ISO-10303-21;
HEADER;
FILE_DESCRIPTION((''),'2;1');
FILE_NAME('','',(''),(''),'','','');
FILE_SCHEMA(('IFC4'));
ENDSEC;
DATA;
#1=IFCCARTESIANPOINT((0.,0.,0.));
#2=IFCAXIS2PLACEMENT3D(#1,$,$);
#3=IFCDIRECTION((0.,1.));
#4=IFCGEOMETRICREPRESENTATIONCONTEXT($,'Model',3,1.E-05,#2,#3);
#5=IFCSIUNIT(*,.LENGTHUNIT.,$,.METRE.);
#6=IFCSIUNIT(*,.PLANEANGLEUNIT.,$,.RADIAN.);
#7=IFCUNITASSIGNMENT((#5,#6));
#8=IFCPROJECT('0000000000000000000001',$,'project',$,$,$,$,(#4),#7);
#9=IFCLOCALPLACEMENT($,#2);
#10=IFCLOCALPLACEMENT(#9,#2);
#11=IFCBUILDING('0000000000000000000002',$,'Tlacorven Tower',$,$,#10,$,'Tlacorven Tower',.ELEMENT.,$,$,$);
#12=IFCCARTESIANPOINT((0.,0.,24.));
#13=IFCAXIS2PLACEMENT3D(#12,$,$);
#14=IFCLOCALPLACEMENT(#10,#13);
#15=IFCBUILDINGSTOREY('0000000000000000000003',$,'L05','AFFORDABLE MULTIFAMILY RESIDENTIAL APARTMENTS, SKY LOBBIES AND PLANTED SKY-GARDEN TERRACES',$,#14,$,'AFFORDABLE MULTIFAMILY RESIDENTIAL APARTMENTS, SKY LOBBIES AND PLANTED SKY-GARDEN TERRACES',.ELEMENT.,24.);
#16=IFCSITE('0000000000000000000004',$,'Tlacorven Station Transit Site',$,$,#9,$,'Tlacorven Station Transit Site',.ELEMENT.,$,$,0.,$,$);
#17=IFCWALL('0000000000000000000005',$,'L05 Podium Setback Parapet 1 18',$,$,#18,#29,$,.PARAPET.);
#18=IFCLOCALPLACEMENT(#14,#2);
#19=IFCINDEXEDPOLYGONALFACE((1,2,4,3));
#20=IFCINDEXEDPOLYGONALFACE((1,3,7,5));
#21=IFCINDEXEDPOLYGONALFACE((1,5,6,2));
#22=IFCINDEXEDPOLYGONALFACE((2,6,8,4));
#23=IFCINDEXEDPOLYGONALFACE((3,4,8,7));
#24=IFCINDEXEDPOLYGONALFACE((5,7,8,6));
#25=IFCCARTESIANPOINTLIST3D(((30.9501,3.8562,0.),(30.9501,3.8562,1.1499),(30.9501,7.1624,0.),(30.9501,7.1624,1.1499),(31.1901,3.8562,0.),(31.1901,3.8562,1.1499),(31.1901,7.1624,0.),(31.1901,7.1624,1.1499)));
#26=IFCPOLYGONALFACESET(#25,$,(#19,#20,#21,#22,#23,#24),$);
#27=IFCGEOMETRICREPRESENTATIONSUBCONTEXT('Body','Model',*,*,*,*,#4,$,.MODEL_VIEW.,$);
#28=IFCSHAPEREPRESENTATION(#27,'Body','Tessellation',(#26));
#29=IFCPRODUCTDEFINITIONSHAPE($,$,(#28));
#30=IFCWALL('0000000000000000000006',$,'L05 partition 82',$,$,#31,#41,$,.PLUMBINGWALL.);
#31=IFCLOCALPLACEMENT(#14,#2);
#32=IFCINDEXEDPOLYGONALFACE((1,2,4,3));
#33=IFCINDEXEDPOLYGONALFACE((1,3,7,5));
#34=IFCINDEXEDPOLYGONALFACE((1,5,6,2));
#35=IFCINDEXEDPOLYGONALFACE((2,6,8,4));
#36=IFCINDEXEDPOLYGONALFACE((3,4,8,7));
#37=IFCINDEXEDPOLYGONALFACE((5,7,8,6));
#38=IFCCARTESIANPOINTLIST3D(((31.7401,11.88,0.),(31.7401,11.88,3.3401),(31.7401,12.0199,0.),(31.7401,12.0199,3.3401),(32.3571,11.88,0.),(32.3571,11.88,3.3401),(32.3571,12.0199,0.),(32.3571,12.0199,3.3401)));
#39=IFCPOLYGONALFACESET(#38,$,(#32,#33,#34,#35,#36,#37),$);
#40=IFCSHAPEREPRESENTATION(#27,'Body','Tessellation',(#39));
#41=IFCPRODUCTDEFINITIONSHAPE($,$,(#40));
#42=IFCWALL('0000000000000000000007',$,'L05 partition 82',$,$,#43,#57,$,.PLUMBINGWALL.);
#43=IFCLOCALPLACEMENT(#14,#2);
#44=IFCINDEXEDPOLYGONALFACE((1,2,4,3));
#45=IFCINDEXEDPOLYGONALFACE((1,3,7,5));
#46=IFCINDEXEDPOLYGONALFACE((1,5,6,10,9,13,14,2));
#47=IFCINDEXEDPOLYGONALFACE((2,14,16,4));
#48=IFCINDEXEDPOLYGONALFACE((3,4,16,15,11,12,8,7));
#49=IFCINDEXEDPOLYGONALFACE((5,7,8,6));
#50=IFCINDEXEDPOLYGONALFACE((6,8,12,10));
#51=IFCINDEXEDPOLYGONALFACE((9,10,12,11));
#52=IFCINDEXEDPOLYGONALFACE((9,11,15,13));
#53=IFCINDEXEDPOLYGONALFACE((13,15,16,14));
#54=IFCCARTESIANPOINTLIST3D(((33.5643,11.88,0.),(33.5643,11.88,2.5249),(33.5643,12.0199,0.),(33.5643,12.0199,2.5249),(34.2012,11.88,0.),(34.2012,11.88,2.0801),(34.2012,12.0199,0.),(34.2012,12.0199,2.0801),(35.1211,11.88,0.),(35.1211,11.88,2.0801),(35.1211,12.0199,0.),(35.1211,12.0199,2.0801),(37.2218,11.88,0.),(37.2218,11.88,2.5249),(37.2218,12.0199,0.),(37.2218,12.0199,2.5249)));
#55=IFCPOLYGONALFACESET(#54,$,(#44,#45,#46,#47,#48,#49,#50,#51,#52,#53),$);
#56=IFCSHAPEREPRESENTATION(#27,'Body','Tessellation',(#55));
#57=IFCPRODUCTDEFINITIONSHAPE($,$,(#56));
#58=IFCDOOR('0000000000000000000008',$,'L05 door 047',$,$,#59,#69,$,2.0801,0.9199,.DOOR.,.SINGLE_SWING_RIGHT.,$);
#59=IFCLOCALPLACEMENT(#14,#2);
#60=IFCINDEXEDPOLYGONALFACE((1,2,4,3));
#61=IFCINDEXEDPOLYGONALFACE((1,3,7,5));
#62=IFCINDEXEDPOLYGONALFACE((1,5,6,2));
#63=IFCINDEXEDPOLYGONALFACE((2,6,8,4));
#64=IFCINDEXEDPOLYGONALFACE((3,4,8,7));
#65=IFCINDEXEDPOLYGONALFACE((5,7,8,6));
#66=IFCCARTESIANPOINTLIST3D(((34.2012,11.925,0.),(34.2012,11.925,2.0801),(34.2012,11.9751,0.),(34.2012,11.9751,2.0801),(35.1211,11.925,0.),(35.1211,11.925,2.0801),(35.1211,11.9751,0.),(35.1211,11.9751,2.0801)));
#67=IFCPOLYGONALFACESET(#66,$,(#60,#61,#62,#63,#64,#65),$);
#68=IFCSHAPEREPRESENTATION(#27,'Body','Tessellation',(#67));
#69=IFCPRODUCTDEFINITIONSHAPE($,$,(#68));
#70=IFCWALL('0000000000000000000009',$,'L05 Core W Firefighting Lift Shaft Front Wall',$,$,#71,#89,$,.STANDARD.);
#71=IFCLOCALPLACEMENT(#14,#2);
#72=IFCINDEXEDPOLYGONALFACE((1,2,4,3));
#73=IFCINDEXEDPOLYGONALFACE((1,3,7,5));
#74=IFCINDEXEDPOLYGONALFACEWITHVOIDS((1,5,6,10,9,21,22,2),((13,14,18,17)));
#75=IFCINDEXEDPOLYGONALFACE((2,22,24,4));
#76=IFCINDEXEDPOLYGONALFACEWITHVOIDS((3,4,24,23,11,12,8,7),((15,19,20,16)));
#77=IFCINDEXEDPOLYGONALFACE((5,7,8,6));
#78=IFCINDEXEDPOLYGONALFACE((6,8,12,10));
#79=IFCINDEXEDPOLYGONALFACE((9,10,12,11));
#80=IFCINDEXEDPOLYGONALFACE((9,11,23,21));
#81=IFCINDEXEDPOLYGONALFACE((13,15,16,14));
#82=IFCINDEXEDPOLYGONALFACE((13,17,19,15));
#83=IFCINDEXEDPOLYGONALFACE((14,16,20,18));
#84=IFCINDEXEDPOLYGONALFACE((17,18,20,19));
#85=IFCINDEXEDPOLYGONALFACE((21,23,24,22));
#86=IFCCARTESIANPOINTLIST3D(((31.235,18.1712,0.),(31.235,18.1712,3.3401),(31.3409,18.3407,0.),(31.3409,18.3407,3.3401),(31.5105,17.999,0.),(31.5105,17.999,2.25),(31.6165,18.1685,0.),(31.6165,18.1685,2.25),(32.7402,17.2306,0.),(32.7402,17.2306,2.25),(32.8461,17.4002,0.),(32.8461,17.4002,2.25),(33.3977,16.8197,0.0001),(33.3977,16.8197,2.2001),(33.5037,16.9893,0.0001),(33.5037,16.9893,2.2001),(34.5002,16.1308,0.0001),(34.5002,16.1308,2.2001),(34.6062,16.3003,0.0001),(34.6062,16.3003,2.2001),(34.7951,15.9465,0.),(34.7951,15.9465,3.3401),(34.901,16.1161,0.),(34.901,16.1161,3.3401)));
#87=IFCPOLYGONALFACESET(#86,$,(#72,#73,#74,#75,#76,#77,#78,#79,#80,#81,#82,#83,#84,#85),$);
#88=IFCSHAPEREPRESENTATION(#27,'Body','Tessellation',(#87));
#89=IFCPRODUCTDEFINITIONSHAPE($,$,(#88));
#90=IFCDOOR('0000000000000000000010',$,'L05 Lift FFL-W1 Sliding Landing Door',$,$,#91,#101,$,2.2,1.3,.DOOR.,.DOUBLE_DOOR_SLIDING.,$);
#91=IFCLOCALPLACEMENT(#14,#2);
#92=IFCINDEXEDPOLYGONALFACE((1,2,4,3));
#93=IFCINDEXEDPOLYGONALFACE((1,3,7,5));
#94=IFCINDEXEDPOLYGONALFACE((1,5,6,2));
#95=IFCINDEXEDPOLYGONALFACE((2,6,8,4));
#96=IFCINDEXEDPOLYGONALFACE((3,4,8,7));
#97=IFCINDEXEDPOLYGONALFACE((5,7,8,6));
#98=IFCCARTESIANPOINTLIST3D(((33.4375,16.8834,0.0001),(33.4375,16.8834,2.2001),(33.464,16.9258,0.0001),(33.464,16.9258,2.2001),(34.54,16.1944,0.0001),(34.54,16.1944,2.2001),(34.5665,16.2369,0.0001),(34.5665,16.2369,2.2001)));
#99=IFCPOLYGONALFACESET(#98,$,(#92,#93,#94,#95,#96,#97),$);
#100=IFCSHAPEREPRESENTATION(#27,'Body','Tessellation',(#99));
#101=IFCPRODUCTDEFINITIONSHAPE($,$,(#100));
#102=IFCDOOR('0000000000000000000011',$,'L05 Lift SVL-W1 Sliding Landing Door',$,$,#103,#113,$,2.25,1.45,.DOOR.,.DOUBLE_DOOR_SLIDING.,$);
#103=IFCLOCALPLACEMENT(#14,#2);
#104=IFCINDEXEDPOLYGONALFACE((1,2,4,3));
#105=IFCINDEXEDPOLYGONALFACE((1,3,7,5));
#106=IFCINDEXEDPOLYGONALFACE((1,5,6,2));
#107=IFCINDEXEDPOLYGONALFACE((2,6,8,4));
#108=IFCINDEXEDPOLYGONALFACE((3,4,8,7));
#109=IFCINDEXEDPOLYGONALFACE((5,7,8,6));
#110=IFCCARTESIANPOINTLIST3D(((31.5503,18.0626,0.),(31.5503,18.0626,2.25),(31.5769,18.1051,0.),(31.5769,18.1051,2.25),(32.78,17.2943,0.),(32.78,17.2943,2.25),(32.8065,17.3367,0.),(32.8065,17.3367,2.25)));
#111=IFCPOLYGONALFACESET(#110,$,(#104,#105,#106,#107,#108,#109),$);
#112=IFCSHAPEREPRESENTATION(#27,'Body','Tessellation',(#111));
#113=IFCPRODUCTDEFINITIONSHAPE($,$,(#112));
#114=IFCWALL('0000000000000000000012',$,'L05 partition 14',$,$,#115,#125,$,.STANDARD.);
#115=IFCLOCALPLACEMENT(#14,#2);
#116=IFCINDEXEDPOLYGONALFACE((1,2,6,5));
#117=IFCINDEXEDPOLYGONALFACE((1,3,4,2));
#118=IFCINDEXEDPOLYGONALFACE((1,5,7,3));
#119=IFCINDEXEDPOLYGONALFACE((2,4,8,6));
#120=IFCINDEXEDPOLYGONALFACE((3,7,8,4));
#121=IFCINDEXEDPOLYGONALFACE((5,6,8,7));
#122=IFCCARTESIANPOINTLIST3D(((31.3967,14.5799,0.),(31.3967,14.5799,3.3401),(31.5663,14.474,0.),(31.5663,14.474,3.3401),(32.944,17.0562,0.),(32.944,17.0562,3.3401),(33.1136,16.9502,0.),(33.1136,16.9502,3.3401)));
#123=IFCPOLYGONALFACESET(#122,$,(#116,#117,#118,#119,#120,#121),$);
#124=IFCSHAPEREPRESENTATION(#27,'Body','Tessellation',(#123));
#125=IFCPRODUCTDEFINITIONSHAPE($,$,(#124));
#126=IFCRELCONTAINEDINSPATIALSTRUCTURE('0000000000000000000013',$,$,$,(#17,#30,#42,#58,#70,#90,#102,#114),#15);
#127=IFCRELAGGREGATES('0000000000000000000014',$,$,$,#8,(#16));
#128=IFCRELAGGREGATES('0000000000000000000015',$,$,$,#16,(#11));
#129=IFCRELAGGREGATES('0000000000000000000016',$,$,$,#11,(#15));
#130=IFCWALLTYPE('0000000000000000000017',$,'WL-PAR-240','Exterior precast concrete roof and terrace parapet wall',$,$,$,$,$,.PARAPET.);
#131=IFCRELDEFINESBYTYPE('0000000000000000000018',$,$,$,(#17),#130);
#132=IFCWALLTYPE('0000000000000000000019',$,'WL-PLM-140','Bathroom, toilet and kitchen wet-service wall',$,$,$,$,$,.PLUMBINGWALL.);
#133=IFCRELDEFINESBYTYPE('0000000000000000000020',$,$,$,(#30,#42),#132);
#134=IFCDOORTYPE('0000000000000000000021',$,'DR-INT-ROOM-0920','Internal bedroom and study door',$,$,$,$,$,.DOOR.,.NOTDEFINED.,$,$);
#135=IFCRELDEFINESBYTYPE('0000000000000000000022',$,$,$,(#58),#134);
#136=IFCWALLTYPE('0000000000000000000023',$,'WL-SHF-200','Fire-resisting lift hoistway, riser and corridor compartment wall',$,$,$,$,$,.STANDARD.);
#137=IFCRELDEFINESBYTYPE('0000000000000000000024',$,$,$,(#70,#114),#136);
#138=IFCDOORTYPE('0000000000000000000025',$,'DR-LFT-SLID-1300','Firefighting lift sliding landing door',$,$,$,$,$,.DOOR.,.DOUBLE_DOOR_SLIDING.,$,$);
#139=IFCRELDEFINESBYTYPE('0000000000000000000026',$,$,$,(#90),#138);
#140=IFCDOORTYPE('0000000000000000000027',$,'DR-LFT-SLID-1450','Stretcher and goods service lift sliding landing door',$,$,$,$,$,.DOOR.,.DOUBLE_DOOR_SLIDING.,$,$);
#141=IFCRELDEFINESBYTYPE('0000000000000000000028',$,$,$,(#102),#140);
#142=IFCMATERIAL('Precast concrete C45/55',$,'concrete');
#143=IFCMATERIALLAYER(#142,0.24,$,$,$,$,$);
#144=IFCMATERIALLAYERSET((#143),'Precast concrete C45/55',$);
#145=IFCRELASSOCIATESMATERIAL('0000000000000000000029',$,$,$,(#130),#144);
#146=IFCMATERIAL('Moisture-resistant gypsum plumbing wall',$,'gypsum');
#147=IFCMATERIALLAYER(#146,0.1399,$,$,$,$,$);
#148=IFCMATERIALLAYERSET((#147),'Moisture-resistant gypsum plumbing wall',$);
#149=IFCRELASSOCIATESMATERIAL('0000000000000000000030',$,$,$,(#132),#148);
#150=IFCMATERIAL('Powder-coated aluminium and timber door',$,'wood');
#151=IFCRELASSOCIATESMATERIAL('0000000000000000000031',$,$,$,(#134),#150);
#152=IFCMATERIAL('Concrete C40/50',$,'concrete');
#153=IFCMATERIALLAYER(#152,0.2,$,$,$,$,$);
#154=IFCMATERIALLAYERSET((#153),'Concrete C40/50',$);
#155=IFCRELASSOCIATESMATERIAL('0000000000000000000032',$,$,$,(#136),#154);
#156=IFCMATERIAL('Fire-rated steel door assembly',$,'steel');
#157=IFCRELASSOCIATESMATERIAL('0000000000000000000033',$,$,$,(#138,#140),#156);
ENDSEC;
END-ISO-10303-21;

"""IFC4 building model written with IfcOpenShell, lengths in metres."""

from ifc_helpers import new_model, si_unit, direction, frame, frame_2d, origin, place, context, subcontext, project, spatial, rectangle, extrude, source, transform, mapped, material, layer, layer_set, type_object, element, fill, save


model = new_model("IFC4")

# Units and contexts
model_context = context("Model", 3, precision=1e-05, world=origin(), true_north=direction((0.0, 1.0)))
body_context = subcontext(model_context, "Body", "Model", "MODEL_VIEW")
ifc_project = project(units=[si_unit("LENGTHUNIT", "METRE"), si_unit("PLANEANGLEUNIT", "RADIAN")], contexts=[model_context])

# Site, building, storey
site_placement = place(None, origin())
site = spatial("IfcSite", under=ifc_project, at=site_placement, Name="Tlacorven Station Transit Site", LongName="Tlacorven Station Transit Site", CompositionType="ELEMENT", RefElevation=0.0)
building_placement = place(site_placement, origin())
building = spatial("IfcBuilding", under=site, at=building_placement, Name="Tlacorven Tower", LongName="Tlacorven Tower", CompositionType="ELEMENT")
storey_placement = place(building_placement, frame((0.0, 0.0, 24.0)))
storey = spatial("IfcBuildingStorey", under=building, at=storey_placement, Name="L05", Description="AFFORDABLE MULTIFAMILY RESIDENTIAL APARTMENTS, SKY LOBBIES AND PLANTED SKY-GARDEN TERRACES", LongName="AFFORDABLE MULTIFAMILY RESIDENTIAL APARTMENTS, SKY LOBBIES AND PLANTED SKY-GARDEN TERRACES", CompositionType="ELEMENT", Elevation=24.0)

# Shared definitions
ifc_material_1 = material(Name="Fire-rated steel door assembly", Category="steel")

# Walls
ifc_material_2 = material(Name="Precast concrete C45/55", Category="concrete")
ifc_layer_1 = layer(ifc_material_2, 0.24)
ifc_layer_set_1 = layer_set([ifc_layer_1], Name="Precast concrete C45/55")
wall_type_1 = type_object("IfcWallType", Name="WL-PAR-240", Description="Exterior precast concrete roof and terrace parapet wall", PredefinedType="PARAPET", material=ifc_layer_set_1)
wall_1_placement = place(storey_placement, frame((31.0701, 7.1624, 0.0), z_axis=(0.0, 0.0, 1.0), x_axis=(0.0, -1.0, 0.0)))
element("IfcWall", 1, at=wall_1_placement, inside=storey, type_object=wall_type_1, Name="L05 Podium Setback Parapet 1 18", PredefinedType="PARAPET", context=body_context, shape_type="SweptSolid", body=[
    extrude(rectangle(XDim=3.3062, YDim=0.24, at=frame_2d((1.6531, 0.0))), origin(), (0.0, 0.0, 1.0), 1.1499),
])
ifc_material_3 = material(Name="Moisture-resistant gypsum plumbing wall", Category="gypsum")
ifc_layer_2 = layer(ifc_material_3, 0.1399)
ifc_layer_set_2 = layer_set([ifc_layer_2], Name="Moisture-resistant gypsum plumbing wall")
wall_type_2 = type_object("IfcWallType", Name="WL-PLM-140", Description="Bathroom, toilet and kitchen wet-service wall", PredefinedType="PLUMBINGWALL", material=ifc_layer_set_2)
wall_2_placement = place(storey_placement, frame((31.74, 11.95, 0.0), z_axis=(0.0, 0.0, 1.0), x_axis=(1.0, 0.0, 0.0)))
element("IfcWall", 2, at=wall_2_placement, inside=storey, type_object=wall_type_2, Name="L05 partition 82", PredefinedType="PLUMBINGWALL", context=body_context, shape_type="SweptSolid", body=[
    extrude(rectangle(XDim=0.6169, YDim=0.1399, at=frame_2d((0.3086, 0.0))), origin(), (0.0, 0.0, 1.0), 3.3401),
])

# Wall, opening, door
wall_3_placement = place(storey_placement, frame((33.5645, 11.95, 0.0), z_axis=(0.0, 0.0, 1.0), x_axis=(1.0, 0.0, 0.0)))
wall_3 = element("IfcWall", 3, at=wall_3_placement, inside=storey, type_object=wall_type_2, Name="L05 partition 82", PredefinedType="PLUMBINGWALL", context=body_context, shape_type="SweptSolid", body=[
    extrude(rectangle(XDim=3.6575, YDim=0.1399, at=frame_2d((1.8286, 0.0))), origin(), (0.0, 0.0, 1.0), 2.5249),
])
opening_1_placement = place(wall_3_placement, frame((0.6367, 0.0, 0.0)))
opening_1 = element("IfcOpeningElement", 4, at=opening_1_placement, cuts=wall_3, PredefinedType="OPENING", context=body_context, shape_type="SweptSolid", body=[
    extrude(rectangle(XDim=0.9199, YDim=2.0801, at=frame_2d((0.46, 1.04))), frame((0.0, 0.0801, 0.0), z_axis=(0.0, -1.0, 0.0), x_axis=(1.0, 0.0, 0.0)), (0.0, 0.0, 1.0), 0.1599),
])
ifc_material_4 = material(Name="Powder-coated aluminium and timber door", Category="wood")
door_type_1 = type_object("IfcDoorType", Name="DR-INT-ROOM-0920", Description="Internal bedroom and study door", OperationType="NOTDEFINED", PredefinedType="DOOR", material=ifc_material_4)
shared_shape_1 = source(origin(), body_context, "Body", "SweptSolid", [
    extrude(rectangle(XDim=0.9199, YDim=2.0801, at=frame_2d((0.46, 1.04))), frame((0.0, 0.0249, 0.0), z_axis=(0.0, -1.0, 0.0), x_axis=(1.0, 0.0, 0.0)), (0.0, 0.0, 1.0), 0.05),
])
door_1_placement = place(opening_1_placement, frame((0.9199, 0.0, 0.0), z_axis=(0.0, 0.0, 1.0), x_axis=(-1.0, 0.0, 0.0)))
door_1 = element("IfcDoor", 5, at=door_1_placement, inside=storey, type_object=door_type_1, Name="L05 door 047", OperationType="SINGLE_SWING_RIGHT", OverallHeight=2.0801, OverallWidth=0.9199, PredefinedType="DOOR", context=body_context, shape_type="MappedRepresentation", body=[
    mapped(shared_shape_1, transform((0.0, 0.0, 0.0), scale=1.0)),
])
fill(opening_1, door_1)

# Wall, openings, doors
ifc_material_5 = material(Name="Concrete C40/50", Category="concrete")
ifc_layer_3 = layer(ifc_material_5, 0.2)
ifc_layer_set_3 = layer_set([ifc_layer_3], Name="Concrete C40/50")
wall_type_3 = type_object("IfcWallType", Name="WL-SHF-200", Description="Fire-resisting lift hoistway, riser and corridor compartment wall", PredefinedType="STANDARD", material=ifc_layer_set_3)
wall_4_placement = place(storey_placement, frame((34.8481, 16.0312, 0.0), z_axis=(0.0, 0.0, 1.0), x_axis=(-0.848044, 0.529926, 0.0)))
wall_4 = element("IfcWall", 6, at=wall_4_placement, inside=storey, type_object=wall_type_3, Name="L05 Core W Firefighting Lift Shaft Front Wall", PredefinedType="STANDARD", context=body_context, shape_type="SweptSolid", body=[
    extrude(rectangle(XDim=4.198, YDim=0.2, at=frame_2d((2.0991, 0.0))), origin(), (0.0, 0.0, 1.0), 3.3401),
])
opening_2_placement = place(wall_4_placement, frame((0.3479, 0.0, 0.0)))
opening_2 = element("IfcOpeningElement", 7, at=opening_2_placement, cuts=wall_4, PredefinedType="OPENING", context=body_context, shape_type="SweptSolid", body=[
    extrude(rectangle(XDim=1.3, YDim=2.2, at=frame_2d((0.6499, 1.1001))), frame((0.0, 0.1099, 0.0), z_axis=(0.0, -1.0, 0.0), x_axis=(1.0, 0.0, 0.0)), (0.0, 0.0, 1.0), 0.22),
])
opening_3_placement = place(wall_4_placement, frame((2.4231, 0.0, 0.0)))
opening_3 = element("IfcOpeningElement", 8, at=opening_3_placement, cuts=wall_4, PredefinedType="OPENING", context=body_context, shape_type="SweptSolid", body=[
    extrude(rectangle(XDim=1.45, YDim=2.25, at=frame_2d((0.7251, 1.125))), frame((0.0, 0.1099, 0.0), z_axis=(0.0, -1.0, 0.0), x_axis=(1.0, 0.0, 0.0)), (0.0, 0.0, 1.0), 0.22),
])
door_type_2 = type_object("IfcDoorType", Name="DR-LFT-SLID-1300", Description="Firefighting lift sliding landing door", OperationType="DOUBLE_DOOR_SLIDING", PredefinedType="DOOR", material=ifc_material_1)
shared_shape_2 = source(origin(), body_context, "Body", "SweptSolid", [
    extrude(rectangle(XDim=1.3, YDim=2.2, at=frame_2d((0.6499, 1.1001))), frame((0.0, 0.0249, 0.0), z_axis=(0.0, -1.0, 0.0), x_axis=(1.0, 0.0, 0.0)), (0.0, 0.0, 1.0), 0.05),
])
door_2_placement = place(opening_2_placement, origin())
door_2 = element("IfcDoor", 9, at=door_2_placement, inside=storey, type_object=door_type_2, Name="L05 Lift FFL-W1 Sliding Landing Door", OperationType="DOUBLE_DOOR_SLIDING", OverallHeight=2.2, OverallWidth=1.3, PredefinedType="DOOR", context=body_context, shape_type="MappedRepresentation", body=[
    mapped(shared_shape_2, transform((0.0, 0.0, 0.0), scale=1.0)),
])
fill(opening_2, door_2)
door_type_3 = type_object("IfcDoorType", Name="DR-LFT-SLID-1450", Description="Stretcher and goods service lift sliding landing door", OperationType="DOUBLE_DOOR_SLIDING", PredefinedType="DOOR", material=ifc_material_1)
shared_shape_3 = source(origin(), body_context, "Body", "SweptSolid", [
    extrude(rectangle(XDim=1.45, YDim=2.25, at=frame_2d((0.7251, 1.125))), frame((0.0, 0.0249, 0.0), z_axis=(0.0, -1.0, 0.0), x_axis=(1.0, 0.0, 0.0)), (0.0, 0.0, 1.0), 0.05),
])
door_3_placement = place(opening_3_placement, origin())
door_3 = element("IfcDoor", 10, at=door_3_placement, inside=storey, type_object=door_type_3, Name="L05 Lift SVL-W1 Sliding Landing Door", OperationType="DOUBLE_DOOR_SLIDING", OverallHeight=2.25, OverallWidth=1.45, PredefinedType="DOOR", context=body_context, shape_type="MappedRepresentation", body=[
    mapped(shared_shape_3, transform((0.0, 0.0, 0.0), scale=1.0)),
])
fill(opening_3, door_3)

# Wall
wall_5_placement = place(storey_placement, frame((33.0288, 17.0032, 0.0), z_axis=(0.0, 0.0, 1.0), x_axis=(-0.529916, -0.84805, 0.0)))
element("IfcWall", 11, at=wall_5_placement, inside=storey, type_object=wall_type_3, Name="L05 partition 14", PredefinedType="STANDARD", context=body_context, shape_type="SweptSolid", body=[
    extrude(rectangle(XDim=2.9199, YDim=0.2, at=frame_2d((1.46, 0.0))), origin(), (0.0, 0.0, 1.0), 3.3401),
])

save(model, "model.ifc")
